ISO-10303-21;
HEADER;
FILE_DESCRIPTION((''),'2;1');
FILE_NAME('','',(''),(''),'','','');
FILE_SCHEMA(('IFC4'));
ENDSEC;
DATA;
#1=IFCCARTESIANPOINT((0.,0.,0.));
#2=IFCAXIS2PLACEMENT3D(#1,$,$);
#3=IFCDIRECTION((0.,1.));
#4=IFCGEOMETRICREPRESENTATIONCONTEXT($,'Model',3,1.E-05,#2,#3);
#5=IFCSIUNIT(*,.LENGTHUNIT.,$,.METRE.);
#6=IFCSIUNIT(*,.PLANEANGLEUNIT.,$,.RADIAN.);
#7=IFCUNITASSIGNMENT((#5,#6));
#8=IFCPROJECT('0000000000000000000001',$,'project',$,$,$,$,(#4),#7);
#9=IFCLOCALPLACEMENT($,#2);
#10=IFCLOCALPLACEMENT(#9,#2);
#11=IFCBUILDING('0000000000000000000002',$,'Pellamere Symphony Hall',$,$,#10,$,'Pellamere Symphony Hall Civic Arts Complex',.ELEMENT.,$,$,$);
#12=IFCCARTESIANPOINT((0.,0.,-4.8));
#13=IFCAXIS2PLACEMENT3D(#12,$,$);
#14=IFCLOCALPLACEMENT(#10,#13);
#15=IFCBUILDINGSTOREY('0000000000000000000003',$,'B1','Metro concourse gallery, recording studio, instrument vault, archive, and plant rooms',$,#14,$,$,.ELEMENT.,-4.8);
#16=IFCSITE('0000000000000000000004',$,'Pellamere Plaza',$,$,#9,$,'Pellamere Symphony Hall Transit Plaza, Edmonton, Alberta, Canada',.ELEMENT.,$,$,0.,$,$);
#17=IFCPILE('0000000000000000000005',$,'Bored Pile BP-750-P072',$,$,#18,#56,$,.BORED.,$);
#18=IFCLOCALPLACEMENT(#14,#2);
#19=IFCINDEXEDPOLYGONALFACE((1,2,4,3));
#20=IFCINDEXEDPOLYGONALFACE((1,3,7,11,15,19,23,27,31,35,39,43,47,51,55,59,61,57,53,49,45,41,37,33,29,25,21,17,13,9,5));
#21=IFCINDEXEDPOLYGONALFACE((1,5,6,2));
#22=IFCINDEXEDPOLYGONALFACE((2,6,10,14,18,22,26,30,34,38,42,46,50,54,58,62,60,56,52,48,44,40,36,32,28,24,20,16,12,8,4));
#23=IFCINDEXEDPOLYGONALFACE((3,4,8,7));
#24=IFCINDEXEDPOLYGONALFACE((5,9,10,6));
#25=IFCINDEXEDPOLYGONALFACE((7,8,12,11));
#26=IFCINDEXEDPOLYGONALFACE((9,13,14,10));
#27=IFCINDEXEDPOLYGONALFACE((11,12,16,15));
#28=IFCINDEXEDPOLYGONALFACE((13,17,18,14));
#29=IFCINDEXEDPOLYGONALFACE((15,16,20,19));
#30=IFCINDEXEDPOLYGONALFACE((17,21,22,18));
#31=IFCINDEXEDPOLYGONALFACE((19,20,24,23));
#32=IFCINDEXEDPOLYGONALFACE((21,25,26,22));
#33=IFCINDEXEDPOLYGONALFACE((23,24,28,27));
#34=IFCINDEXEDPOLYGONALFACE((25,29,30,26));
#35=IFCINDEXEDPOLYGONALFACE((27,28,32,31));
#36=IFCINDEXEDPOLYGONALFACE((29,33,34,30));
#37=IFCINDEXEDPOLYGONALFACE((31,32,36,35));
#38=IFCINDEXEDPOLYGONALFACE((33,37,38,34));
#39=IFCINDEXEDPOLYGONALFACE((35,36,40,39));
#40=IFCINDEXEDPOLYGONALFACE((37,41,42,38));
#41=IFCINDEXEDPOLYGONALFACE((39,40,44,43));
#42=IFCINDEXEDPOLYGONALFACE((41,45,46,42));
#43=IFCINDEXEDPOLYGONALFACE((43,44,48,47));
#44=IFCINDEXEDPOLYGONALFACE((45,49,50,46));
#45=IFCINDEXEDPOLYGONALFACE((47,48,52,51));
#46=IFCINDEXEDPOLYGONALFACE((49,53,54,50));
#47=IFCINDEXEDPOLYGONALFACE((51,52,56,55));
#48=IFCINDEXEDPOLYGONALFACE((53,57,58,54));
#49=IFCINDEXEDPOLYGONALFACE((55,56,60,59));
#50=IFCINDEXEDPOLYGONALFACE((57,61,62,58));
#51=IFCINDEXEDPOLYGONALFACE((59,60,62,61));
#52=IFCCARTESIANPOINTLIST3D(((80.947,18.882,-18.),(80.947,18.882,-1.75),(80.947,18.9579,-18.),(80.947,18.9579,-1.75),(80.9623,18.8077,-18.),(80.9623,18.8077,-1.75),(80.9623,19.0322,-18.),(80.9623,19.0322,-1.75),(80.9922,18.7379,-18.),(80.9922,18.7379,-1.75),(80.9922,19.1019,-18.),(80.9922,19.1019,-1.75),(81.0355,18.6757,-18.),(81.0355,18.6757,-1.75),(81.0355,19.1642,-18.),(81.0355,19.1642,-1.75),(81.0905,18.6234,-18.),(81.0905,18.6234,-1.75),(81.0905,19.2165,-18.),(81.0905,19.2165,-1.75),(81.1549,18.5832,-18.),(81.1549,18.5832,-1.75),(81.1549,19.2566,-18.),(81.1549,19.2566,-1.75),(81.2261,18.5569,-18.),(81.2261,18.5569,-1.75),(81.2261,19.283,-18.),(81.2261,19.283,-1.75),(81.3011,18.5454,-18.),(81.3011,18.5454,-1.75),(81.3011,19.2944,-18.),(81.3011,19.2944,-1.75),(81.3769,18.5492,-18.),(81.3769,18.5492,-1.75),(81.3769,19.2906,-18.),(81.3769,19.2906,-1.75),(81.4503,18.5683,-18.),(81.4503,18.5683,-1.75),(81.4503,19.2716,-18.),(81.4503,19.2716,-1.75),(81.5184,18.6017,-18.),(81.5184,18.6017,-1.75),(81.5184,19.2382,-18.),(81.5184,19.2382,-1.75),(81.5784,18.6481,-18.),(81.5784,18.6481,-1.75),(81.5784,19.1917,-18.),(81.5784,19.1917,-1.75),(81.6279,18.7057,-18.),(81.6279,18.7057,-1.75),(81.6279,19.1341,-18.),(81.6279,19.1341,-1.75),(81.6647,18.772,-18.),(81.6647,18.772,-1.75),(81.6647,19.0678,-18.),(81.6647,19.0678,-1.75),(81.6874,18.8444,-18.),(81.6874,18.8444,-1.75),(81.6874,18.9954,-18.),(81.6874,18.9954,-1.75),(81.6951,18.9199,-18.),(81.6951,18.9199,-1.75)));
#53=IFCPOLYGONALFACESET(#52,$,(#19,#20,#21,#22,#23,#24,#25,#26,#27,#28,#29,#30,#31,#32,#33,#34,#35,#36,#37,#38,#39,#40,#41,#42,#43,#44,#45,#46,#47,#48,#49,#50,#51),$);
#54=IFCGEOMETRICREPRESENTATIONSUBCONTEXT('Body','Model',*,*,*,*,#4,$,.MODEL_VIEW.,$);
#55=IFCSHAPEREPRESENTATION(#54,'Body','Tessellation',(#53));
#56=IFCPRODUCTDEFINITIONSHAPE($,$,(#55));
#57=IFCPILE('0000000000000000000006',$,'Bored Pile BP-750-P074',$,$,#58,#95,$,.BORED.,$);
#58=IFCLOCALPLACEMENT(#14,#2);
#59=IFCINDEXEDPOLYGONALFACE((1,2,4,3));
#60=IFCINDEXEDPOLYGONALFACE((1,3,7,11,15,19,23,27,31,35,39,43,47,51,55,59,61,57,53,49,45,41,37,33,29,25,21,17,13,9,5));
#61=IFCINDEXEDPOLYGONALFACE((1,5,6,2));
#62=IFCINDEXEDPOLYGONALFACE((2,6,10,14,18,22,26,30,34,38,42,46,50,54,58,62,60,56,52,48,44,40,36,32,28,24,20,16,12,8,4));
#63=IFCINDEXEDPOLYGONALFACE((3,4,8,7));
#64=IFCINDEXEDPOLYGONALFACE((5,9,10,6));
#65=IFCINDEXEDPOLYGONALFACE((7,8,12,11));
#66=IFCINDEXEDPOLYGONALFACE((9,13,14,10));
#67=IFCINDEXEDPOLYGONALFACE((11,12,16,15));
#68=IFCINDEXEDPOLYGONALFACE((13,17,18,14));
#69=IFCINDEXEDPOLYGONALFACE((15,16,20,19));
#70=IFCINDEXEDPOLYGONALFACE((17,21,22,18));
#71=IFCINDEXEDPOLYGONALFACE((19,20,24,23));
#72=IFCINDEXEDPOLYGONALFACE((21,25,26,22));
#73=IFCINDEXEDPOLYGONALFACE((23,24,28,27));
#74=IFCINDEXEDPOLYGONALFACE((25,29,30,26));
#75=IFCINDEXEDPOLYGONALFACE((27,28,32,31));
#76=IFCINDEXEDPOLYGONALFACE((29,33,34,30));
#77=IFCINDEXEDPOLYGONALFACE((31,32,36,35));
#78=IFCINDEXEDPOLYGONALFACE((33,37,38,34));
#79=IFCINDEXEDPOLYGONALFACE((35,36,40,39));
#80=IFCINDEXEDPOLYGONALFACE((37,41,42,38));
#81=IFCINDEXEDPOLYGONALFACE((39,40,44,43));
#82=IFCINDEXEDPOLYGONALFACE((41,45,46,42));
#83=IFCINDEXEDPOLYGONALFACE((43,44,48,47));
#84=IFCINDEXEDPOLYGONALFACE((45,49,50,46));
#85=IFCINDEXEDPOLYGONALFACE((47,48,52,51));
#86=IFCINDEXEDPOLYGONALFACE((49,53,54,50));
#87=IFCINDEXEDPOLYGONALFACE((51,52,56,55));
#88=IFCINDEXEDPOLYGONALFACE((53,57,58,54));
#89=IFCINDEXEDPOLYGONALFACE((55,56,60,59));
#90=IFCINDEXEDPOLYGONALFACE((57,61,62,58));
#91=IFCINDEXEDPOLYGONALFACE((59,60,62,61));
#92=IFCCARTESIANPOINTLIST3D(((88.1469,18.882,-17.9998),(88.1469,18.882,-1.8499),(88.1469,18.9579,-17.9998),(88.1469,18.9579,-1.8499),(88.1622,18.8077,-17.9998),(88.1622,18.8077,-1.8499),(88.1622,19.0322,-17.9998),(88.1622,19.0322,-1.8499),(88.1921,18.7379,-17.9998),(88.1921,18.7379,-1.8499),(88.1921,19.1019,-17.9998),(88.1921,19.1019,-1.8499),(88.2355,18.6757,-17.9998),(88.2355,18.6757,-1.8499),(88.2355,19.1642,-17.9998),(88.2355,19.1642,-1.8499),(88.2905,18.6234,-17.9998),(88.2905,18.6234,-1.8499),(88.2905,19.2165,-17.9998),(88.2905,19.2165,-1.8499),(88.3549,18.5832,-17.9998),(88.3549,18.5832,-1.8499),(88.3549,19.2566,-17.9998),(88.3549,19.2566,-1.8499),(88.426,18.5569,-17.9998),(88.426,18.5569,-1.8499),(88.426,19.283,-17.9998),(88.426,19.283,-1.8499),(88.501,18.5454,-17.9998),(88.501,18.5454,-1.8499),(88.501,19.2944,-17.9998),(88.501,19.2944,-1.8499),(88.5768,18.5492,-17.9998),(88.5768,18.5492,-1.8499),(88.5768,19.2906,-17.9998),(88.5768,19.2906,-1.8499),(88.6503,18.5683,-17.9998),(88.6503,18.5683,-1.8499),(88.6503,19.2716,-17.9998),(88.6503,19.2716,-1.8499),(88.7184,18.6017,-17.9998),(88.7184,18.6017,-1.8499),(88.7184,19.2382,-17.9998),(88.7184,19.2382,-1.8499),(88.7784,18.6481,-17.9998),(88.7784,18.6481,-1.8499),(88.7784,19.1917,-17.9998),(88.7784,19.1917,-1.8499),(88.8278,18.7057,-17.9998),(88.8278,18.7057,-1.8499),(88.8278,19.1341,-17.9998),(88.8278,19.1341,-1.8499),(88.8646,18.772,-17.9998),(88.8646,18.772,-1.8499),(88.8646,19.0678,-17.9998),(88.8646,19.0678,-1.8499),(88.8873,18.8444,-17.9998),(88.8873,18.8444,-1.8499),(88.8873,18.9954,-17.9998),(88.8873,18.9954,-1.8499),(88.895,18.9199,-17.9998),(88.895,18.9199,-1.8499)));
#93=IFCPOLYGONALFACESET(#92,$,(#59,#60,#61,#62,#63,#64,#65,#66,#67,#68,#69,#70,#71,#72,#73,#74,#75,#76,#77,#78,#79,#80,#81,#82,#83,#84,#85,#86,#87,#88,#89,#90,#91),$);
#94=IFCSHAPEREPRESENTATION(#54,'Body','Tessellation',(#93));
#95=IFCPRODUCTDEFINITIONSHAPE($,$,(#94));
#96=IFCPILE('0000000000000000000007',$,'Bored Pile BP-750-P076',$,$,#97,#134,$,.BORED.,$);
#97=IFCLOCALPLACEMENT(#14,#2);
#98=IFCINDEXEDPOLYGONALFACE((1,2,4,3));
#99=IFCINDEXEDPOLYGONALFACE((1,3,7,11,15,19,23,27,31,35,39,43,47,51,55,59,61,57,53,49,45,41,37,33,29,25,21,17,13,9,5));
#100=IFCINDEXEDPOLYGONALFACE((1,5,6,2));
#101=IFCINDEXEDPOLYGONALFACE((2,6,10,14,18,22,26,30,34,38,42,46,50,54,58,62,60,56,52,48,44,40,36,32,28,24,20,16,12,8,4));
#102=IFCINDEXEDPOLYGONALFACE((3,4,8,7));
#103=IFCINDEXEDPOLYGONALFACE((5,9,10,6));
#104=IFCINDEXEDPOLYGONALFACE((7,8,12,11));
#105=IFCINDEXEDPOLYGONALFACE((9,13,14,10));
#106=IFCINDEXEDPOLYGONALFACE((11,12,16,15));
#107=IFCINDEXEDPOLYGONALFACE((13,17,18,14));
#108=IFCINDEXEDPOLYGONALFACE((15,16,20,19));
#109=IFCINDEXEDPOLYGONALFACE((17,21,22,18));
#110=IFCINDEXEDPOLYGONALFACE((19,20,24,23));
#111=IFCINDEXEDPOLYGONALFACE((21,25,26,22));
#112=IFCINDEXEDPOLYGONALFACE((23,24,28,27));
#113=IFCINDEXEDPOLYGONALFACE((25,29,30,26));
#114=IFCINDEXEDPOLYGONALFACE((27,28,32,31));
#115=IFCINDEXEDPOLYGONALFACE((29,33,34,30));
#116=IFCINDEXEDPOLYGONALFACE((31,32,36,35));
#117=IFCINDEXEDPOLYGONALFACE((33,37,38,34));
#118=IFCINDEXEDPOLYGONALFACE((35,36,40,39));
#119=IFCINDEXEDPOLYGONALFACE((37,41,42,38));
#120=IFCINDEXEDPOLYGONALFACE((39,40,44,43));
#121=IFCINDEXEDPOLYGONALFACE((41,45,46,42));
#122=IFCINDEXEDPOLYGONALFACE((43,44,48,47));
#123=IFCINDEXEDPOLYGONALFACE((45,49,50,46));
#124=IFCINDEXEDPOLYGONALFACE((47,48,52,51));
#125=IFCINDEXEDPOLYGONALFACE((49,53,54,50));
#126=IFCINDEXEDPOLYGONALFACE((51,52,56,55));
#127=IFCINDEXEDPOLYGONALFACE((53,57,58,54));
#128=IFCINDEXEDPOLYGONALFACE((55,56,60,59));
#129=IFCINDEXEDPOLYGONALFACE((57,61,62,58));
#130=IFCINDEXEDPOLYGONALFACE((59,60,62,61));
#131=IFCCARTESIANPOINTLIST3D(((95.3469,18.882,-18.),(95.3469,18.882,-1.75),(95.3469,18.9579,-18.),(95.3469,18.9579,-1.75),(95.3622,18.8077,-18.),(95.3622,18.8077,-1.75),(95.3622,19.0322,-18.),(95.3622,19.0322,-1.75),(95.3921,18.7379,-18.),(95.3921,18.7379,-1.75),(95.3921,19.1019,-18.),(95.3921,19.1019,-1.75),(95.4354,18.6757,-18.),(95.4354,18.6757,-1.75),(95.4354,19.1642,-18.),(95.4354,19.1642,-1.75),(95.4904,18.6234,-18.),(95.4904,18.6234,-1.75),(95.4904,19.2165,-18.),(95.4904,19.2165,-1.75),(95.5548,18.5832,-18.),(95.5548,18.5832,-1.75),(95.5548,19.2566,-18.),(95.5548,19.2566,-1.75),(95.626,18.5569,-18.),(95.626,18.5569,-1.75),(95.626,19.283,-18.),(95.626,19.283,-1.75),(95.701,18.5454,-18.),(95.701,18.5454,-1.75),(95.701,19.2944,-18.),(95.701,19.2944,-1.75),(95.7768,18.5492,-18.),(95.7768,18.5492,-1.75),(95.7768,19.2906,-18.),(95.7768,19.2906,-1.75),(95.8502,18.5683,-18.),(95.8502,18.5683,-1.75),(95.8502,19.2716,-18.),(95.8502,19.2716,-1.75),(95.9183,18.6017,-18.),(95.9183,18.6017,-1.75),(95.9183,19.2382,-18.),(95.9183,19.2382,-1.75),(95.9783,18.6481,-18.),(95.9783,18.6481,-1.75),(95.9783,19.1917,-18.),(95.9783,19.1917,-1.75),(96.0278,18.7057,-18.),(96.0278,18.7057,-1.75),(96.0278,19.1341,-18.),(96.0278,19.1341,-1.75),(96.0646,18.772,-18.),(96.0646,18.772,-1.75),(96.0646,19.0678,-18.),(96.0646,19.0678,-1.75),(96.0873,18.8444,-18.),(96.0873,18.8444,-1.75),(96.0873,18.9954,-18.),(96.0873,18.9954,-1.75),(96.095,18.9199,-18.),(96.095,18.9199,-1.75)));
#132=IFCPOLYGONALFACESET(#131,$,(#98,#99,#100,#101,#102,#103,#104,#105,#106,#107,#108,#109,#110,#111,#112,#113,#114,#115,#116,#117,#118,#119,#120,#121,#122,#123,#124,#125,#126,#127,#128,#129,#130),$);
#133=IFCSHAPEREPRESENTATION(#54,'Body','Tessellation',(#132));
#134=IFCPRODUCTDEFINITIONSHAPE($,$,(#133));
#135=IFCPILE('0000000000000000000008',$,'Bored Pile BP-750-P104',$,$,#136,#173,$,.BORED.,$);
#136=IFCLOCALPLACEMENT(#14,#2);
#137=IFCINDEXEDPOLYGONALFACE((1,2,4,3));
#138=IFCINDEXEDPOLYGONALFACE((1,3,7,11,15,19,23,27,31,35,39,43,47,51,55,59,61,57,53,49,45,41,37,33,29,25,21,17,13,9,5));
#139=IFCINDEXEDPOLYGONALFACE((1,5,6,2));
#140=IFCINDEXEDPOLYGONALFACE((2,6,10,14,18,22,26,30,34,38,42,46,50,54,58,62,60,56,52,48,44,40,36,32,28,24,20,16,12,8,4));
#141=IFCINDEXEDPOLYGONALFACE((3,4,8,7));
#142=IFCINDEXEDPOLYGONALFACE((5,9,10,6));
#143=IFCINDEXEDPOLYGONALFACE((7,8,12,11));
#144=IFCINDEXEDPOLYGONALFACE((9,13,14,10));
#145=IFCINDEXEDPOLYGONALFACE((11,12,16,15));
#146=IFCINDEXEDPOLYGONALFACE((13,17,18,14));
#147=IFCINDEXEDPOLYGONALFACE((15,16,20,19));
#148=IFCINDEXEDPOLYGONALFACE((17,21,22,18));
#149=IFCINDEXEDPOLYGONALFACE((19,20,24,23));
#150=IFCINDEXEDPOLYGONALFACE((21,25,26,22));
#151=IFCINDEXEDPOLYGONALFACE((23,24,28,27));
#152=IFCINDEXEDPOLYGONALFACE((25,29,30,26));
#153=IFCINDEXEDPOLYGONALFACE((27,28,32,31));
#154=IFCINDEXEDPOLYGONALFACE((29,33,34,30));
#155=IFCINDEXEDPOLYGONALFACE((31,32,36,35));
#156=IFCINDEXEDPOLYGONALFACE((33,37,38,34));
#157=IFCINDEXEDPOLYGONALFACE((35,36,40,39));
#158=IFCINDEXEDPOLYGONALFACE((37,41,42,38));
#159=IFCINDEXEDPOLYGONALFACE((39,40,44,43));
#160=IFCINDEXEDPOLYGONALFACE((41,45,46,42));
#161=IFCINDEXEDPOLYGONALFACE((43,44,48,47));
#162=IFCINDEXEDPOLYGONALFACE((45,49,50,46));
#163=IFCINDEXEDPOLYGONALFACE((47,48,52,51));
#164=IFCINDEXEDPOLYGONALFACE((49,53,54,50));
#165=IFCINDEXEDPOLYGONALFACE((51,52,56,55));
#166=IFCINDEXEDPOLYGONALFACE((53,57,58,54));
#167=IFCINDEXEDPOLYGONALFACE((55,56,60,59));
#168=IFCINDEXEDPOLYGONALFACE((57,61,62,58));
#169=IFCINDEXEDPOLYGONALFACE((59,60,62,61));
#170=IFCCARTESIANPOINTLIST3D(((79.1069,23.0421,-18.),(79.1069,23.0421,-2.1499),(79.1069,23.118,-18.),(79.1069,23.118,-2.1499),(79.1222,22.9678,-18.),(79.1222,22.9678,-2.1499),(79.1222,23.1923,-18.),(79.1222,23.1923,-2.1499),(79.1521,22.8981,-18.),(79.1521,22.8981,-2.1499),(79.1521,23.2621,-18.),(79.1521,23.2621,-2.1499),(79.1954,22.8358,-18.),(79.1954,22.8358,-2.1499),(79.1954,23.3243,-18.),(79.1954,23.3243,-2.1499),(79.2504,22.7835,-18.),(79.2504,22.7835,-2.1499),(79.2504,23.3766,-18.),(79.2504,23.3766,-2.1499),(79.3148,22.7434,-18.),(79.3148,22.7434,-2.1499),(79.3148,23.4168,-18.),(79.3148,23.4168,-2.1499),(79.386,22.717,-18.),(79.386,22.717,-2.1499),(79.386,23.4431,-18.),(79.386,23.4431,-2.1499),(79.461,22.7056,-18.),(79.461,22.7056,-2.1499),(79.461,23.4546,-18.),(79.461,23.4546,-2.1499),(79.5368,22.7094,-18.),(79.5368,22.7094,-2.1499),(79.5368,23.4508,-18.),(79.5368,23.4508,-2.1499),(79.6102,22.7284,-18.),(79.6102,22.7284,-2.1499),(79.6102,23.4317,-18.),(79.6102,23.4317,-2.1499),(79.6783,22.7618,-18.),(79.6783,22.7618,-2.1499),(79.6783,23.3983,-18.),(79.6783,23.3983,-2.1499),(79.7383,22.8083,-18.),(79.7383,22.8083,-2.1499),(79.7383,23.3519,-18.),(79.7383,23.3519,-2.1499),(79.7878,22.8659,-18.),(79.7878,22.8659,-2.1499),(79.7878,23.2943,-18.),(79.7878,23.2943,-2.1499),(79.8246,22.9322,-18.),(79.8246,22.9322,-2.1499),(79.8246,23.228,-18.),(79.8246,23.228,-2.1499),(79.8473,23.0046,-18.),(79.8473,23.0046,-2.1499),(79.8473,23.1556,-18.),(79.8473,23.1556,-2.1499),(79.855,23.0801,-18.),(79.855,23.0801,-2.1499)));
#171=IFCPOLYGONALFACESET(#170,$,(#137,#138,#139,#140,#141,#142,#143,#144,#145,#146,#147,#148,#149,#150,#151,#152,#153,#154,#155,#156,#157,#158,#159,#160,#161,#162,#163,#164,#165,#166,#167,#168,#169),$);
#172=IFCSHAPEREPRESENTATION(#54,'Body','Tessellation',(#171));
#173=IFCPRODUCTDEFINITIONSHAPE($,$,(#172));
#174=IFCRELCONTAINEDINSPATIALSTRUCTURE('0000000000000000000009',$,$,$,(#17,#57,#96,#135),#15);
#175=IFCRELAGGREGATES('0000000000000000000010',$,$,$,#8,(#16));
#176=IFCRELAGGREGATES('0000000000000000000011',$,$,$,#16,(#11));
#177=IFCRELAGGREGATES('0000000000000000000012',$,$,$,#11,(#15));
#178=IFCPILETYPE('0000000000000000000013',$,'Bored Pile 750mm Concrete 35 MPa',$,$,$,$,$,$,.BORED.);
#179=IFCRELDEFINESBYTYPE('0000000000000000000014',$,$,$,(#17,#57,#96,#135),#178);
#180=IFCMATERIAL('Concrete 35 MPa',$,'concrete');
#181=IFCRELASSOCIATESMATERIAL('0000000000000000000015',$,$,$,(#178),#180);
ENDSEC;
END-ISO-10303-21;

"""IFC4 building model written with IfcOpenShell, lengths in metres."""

from ifc_helpers import new_model, si_unit, direction, frame, origin, origin_2d, place, context, subcontext, project, spatial, circle, extrude, material, material_profile, profile_set, type_object, element, save


model = new_model("IFC4")

# Units and contexts
model_context = context("Model", 3, precision=1e-05, world=origin(), true_north=direction((0.0, 1.0)))
body_context = subcontext(model_context, "Body", "Model", "MODEL_VIEW")
ifc_project = project(units=[si_unit("LENGTHUNIT", "METRE"), si_unit("PLANEANGLEUNIT", "RADIAN")], contexts=[model_context])

# Site, building, storey
site_placement = place(None, origin())
site = spatial("IfcSite", under=ifc_project, at=site_placement, Name="Pellamere Plaza", LongName="Pellamere Symphony Hall Transit Plaza, Edmonton, Alberta, Canada", CompositionType="ELEMENT", RefElevation=0.0)
building_placement = place(site_placement, origin())
building = spatial("IfcBuilding", under=site, at=building_placement, Name="Pellamere Symphony Hall", LongName="Pellamere Symphony Hall Civic Arts Complex", CompositionType="ELEMENT")
storey_placement = place(building_placement, frame((0.0, 0.0, -4.8)))
storey = spatial("IfcBuildingStorey", under=building, at=storey_placement, Name="B1", Description="Metro concourse gallery, recording studio, instrument vault, archive, and plant rooms", CompositionType="ELEMENT", Elevation=-4.8)

# Piles
ifc_material_1 = material(Name="Concrete 35 MPa", Category="concrete")
ifc_material_profile_1 = material_profile(ifc_material_1, circle(Radius=0.375, at=origin_2d()), Name="PILE D750")
ifc_profile_set_1 = profile_set([ifc_material_profile_1], Name="Concrete 35 MPa")
pile_type = type_object("IfcPileType", Name="Bored Pile 750mm Concrete 35 MPa", PredefinedType="BORED", material=ifc_profile_set_1)
pile_1_placement = place(storey_placement, frame((81.3201, 18.9199, -1.75), z_axis=(0.0, 0.0, -1.0), x_axis=(1.0, 0.0, 0.0)))
element("IfcPile", 1, at=pile_1_placement, inside=storey, type_object=pile_type, Name="Bored Pile BP-750-P072", PredefinedType="BORED", context=body_context, shape_type="SweptSolid", body=[
    extrude(circle(Radius=0.375, at=origin_2d()), origin(), (0.0, 0.0, 1.0), 16.25),
])
pile_2_placement = place(storey_placement, frame((88.52, 18.9199, -1.8499), z_axis=(0.0, 0.0, -1.0), x_axis=(1.0, 0.0, 0.0)))
element("IfcPile", 2, at=pile_2_placement, inside=storey, type_object=pile_type, Name="Bored Pile BP-750-P074", PredefinedType="BORED", context=body_context, shape_type="SweptSolid", body=[
    extrude(circle(Radius=0.375, at=origin_2d()), origin(), (0.0, 0.0, 1.0), 16.1499),
])
pile_3_placement = place(storey_placement, frame((95.72, 18.9199, -1.75), z_axis=(0.0, 0.0, -1.0), x_axis=(1.0, 0.0, 0.0)))
element("IfcPile", 3, at=pile_3_placement, inside=storey, type_object=pile_type, Name="Bored Pile BP-750-P076", PredefinedType="BORED", context=body_context, shape_type="SweptSolid", body=[
    extrude(circle(Radius=0.375, at=origin_2d()), origin(), (0.0, 0.0, 1.0), 16.25),
])
for number, where, z_axis, x_axis, name in (
    (4, (79.48, 23.0801, -2.1499), (0.0, 0.0, -1.0), (1.0, 0.0, 0.0), "Bored Pile BP-750-P104"),
):
    element("IfcPile", number, at=place(storey_placement, frame(where, z_axis=z_axis, x_axis=x_axis)), inside=storey, type_object=pile_type, Name=name, PredefinedType="BORED", context=body_context, shape_type="SweptSolid", body=[
        extrude(circle(Radius=0.375, at=origin_2d()), origin(), (0.0, 0.0, 1.0), 15.8501),
    ])

save(model, "model.ifc")
